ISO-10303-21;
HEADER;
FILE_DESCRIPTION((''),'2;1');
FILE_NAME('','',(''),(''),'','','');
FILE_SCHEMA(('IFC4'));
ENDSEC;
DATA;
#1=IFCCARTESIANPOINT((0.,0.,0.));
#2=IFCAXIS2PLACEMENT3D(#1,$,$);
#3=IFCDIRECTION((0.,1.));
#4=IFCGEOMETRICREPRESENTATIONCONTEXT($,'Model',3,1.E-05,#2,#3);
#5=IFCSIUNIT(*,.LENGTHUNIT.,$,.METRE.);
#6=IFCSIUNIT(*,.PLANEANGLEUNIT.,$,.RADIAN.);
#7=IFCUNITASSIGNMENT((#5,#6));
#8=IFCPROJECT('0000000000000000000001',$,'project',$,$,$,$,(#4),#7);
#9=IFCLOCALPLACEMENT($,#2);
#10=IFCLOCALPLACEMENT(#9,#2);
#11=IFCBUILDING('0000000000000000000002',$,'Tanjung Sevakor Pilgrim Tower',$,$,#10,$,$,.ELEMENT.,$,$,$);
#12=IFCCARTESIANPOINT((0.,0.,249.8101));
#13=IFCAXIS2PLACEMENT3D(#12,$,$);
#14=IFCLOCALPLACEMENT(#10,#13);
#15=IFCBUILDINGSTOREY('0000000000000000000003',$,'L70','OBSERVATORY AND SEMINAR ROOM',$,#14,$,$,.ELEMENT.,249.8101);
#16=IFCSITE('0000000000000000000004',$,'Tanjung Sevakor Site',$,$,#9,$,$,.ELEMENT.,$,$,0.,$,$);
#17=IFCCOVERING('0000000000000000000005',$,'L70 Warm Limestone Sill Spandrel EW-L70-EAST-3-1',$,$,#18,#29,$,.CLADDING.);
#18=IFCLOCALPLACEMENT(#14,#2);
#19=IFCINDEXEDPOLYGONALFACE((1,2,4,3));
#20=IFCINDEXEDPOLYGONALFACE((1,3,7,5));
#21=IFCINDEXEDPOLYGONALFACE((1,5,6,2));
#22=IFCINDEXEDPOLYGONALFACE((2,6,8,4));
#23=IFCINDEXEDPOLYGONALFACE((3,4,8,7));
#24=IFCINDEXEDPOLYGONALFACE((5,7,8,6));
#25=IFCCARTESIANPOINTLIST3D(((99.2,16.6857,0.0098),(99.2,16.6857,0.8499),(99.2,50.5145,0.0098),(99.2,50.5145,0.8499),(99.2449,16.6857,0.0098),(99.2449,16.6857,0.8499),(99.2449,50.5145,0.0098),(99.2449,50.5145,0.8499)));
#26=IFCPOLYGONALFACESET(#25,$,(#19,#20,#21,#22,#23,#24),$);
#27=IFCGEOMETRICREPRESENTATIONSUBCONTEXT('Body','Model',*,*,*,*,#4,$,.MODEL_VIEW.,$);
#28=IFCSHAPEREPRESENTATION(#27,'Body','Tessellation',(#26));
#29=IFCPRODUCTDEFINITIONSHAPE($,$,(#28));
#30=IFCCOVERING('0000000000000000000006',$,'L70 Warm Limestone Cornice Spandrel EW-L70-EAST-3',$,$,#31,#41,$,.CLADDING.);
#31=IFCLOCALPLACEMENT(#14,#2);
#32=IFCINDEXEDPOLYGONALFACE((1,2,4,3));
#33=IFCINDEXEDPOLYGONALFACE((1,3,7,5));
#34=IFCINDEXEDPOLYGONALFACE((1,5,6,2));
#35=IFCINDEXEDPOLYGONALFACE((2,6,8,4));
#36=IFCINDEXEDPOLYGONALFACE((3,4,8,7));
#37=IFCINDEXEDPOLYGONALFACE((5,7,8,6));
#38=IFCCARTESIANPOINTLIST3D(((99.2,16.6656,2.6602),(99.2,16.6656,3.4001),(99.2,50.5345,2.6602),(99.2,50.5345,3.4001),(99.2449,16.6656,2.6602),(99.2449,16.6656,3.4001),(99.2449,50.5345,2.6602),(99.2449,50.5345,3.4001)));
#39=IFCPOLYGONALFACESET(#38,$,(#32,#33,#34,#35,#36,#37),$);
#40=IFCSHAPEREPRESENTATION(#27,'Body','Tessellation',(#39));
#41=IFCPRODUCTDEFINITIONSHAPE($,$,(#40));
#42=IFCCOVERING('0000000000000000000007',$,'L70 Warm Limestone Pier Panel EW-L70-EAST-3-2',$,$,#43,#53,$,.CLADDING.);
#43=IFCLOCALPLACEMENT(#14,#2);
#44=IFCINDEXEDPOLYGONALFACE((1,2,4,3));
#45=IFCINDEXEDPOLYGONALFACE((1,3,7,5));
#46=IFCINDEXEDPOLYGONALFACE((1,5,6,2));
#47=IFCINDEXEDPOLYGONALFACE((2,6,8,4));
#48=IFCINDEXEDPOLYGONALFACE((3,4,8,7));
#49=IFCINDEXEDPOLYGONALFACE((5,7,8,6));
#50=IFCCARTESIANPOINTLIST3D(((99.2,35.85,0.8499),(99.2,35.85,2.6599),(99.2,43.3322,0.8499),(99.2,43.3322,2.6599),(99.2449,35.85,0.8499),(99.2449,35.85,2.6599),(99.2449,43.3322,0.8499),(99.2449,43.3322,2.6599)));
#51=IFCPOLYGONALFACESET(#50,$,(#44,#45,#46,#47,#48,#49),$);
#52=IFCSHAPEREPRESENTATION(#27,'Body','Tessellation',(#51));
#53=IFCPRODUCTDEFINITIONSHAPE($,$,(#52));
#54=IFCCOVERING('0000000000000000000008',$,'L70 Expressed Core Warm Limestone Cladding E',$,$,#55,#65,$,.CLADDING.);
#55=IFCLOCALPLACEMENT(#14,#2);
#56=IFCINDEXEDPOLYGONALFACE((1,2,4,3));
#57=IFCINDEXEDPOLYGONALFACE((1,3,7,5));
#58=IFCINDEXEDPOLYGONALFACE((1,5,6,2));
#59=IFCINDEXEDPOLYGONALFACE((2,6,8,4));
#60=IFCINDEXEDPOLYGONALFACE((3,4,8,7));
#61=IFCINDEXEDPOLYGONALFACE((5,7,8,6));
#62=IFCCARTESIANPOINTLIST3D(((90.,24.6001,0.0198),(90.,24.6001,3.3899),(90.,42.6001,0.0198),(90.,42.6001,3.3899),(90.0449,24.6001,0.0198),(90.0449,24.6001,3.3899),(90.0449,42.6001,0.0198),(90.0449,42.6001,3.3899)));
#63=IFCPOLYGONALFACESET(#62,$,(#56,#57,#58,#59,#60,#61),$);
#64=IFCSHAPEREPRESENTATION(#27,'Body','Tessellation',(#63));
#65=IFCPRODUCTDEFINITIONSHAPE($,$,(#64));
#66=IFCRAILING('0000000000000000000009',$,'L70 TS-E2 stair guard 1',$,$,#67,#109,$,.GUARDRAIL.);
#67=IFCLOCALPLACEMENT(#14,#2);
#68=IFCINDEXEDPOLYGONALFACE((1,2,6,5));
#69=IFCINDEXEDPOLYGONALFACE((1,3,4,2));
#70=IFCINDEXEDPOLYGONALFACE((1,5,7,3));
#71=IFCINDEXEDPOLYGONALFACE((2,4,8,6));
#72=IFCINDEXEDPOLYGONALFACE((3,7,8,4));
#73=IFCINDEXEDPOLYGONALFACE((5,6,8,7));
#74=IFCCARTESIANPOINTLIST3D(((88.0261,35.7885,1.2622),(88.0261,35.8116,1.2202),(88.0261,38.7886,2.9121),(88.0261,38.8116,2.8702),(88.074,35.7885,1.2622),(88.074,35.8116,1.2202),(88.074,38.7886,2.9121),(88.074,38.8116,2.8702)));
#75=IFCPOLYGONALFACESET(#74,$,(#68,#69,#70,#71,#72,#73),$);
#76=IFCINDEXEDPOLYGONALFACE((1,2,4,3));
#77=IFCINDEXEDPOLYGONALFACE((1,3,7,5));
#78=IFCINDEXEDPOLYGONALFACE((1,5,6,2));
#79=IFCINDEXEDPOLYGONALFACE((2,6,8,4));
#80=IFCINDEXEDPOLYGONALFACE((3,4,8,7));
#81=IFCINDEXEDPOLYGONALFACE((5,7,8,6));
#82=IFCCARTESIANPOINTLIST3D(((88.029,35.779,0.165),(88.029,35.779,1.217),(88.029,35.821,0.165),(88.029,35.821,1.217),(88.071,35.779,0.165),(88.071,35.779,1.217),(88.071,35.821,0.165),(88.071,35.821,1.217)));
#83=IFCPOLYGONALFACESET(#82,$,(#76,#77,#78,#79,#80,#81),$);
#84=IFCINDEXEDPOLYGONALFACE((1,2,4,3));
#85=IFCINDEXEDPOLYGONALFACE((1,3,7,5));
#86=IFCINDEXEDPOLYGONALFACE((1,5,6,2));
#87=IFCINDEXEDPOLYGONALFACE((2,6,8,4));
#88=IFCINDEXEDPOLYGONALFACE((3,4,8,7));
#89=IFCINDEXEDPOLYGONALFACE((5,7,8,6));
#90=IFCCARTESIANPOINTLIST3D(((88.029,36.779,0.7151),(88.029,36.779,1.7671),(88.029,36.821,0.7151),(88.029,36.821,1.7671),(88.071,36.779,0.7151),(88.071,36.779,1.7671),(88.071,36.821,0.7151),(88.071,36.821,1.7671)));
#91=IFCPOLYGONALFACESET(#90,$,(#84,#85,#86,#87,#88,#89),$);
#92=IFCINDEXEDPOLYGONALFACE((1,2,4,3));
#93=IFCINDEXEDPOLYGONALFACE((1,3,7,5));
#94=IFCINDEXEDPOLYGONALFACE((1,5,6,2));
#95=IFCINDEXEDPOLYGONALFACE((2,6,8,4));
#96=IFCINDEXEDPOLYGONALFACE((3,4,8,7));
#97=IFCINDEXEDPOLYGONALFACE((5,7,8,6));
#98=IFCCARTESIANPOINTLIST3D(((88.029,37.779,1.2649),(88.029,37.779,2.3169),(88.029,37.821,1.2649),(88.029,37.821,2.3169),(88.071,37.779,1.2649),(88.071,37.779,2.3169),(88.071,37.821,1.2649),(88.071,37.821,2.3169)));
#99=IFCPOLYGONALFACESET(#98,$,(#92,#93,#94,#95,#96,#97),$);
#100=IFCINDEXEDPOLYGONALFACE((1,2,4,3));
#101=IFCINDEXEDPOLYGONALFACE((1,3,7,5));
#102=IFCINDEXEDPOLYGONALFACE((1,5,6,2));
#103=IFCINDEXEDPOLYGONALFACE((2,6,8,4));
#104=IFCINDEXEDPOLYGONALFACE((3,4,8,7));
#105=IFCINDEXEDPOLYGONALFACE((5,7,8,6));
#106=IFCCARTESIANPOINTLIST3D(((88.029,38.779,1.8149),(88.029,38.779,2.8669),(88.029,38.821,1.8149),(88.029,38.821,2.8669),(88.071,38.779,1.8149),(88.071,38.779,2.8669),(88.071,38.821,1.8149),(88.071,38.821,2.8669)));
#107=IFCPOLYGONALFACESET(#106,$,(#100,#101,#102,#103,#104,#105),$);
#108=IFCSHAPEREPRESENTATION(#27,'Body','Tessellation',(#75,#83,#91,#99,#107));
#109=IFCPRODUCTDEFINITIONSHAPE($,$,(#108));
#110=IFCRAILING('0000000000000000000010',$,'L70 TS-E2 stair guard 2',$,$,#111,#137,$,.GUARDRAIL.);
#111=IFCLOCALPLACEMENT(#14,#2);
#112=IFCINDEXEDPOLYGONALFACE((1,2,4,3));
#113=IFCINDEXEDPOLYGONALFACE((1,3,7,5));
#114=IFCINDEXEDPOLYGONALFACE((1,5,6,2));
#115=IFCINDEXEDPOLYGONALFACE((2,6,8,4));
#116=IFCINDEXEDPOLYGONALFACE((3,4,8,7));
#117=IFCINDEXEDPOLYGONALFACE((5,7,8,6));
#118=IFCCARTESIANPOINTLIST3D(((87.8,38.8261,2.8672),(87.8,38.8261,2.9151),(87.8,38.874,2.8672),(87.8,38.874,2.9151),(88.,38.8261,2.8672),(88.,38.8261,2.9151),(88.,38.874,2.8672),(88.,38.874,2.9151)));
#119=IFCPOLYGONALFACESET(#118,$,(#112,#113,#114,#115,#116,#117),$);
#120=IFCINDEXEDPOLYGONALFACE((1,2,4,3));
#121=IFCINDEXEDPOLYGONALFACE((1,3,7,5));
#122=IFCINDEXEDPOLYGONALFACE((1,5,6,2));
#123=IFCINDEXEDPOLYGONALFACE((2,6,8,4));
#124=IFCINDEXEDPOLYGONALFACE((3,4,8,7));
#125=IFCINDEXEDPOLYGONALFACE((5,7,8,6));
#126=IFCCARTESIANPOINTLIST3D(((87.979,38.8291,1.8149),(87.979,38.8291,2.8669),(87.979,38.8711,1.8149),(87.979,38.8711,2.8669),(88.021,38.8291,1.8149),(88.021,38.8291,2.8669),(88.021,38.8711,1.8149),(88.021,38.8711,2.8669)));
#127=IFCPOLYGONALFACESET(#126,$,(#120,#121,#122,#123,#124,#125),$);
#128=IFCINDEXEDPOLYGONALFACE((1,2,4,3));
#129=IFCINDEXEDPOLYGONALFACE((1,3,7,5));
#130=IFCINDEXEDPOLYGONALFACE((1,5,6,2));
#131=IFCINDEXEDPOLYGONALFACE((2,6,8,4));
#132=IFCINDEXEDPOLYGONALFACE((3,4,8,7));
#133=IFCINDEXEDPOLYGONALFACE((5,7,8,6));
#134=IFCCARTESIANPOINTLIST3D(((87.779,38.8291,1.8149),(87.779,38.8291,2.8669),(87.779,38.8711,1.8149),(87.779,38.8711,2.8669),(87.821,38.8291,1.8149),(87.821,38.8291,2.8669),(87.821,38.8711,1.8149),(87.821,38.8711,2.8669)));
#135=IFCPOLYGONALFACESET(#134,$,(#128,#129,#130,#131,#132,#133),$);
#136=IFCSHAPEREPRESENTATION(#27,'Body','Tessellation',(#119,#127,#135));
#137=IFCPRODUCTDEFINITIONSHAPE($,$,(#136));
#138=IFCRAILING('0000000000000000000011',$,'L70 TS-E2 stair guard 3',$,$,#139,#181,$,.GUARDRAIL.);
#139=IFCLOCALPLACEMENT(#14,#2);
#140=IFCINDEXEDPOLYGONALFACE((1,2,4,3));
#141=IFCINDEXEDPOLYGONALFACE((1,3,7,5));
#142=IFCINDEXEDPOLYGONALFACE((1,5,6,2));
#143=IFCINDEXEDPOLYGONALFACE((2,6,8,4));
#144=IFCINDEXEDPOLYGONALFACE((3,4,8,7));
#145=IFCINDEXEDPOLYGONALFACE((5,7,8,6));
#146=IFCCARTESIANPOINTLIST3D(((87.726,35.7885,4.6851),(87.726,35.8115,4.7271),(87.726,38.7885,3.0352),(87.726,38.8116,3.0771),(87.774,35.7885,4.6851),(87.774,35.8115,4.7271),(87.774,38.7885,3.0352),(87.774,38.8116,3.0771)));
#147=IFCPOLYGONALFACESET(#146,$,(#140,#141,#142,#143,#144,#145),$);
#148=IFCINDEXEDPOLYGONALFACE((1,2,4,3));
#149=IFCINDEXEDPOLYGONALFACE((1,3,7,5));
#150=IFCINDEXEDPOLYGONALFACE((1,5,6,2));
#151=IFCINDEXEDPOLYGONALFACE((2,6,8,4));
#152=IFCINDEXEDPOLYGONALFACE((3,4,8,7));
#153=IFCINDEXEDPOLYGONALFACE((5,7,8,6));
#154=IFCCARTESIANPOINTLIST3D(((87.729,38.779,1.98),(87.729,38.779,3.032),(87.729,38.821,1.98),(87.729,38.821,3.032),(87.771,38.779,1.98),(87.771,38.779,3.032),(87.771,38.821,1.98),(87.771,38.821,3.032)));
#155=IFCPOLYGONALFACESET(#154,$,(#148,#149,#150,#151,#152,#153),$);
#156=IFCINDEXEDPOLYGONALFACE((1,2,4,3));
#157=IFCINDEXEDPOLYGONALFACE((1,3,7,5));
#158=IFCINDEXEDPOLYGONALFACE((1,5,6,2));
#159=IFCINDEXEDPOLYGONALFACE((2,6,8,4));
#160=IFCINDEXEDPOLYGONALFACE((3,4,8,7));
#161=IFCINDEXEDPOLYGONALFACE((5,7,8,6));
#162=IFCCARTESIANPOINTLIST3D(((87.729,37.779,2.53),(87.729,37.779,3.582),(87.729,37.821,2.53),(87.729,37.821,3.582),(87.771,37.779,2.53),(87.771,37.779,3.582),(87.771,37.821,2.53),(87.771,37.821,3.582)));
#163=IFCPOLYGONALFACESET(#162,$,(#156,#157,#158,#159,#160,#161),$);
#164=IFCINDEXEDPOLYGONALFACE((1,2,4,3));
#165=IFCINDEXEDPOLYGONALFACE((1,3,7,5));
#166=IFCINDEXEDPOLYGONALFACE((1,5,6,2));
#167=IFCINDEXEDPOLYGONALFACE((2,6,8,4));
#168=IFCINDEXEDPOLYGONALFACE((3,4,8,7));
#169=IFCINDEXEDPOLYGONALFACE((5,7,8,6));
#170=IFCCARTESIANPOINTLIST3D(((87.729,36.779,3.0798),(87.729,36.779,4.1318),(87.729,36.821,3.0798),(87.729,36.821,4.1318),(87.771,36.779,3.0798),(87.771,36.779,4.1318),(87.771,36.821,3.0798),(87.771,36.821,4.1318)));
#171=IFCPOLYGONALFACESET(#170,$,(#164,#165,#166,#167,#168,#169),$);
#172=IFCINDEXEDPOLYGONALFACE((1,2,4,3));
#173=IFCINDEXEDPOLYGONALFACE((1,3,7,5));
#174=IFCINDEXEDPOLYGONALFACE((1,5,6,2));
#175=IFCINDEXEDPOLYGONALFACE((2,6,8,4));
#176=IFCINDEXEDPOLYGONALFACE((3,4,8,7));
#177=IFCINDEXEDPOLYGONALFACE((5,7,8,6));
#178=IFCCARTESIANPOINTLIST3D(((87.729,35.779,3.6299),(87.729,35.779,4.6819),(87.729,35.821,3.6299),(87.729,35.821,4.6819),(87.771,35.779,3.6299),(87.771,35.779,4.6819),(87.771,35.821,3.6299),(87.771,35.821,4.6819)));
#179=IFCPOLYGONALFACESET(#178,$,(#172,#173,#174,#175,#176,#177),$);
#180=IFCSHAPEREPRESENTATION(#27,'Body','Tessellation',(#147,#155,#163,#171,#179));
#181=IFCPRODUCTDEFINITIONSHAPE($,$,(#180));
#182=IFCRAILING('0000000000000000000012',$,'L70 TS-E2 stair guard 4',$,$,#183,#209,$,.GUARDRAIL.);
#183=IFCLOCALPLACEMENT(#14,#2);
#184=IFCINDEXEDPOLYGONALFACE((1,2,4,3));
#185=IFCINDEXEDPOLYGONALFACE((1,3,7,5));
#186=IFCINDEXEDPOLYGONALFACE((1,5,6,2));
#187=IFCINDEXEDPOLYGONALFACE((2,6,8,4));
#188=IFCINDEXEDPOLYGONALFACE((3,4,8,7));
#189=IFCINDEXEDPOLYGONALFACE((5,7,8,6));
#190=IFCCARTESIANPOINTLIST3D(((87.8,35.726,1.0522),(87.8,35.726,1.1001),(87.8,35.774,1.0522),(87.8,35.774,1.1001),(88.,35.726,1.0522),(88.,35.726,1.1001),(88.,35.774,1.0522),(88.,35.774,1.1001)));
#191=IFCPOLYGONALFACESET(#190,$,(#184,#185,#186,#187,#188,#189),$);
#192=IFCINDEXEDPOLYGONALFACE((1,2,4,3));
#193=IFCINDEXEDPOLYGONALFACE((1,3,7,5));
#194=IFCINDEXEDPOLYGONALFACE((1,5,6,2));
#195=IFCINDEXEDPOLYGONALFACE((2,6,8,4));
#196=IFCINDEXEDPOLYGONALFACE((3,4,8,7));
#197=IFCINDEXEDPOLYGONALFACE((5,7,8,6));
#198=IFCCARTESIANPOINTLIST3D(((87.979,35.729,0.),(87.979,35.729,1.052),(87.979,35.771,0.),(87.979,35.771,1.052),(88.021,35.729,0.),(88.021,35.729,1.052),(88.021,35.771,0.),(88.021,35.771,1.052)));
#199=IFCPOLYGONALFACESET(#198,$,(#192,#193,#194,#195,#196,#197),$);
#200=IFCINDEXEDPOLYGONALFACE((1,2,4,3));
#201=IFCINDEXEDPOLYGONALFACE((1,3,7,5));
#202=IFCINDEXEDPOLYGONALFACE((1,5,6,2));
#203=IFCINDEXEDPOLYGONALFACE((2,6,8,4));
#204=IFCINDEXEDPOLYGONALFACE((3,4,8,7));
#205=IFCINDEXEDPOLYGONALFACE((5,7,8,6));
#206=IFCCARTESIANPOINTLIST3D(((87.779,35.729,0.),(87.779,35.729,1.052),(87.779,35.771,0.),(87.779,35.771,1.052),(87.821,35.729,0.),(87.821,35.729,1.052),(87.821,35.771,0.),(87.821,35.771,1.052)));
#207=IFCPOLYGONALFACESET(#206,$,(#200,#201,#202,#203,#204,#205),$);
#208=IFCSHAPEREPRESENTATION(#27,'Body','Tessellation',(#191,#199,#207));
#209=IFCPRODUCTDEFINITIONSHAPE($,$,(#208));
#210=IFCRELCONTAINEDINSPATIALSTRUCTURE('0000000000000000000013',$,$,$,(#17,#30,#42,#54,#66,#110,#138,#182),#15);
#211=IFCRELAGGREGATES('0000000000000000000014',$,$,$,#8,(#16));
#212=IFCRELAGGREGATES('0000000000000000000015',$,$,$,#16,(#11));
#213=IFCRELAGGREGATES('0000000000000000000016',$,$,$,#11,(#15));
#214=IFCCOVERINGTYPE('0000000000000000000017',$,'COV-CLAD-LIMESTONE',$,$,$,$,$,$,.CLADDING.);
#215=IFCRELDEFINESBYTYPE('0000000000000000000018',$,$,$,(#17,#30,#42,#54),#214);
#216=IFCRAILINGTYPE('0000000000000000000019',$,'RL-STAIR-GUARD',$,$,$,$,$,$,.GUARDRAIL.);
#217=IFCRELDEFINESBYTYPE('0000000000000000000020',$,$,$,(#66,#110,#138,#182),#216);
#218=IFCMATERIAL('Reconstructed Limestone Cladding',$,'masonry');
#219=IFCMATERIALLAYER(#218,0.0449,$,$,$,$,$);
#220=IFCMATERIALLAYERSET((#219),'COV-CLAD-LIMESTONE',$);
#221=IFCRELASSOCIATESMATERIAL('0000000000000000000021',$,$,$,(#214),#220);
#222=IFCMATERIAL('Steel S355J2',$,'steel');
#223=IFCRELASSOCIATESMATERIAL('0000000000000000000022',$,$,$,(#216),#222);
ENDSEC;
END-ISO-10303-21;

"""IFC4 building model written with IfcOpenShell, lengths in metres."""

from ifc_helpers import new_model, si_unit, direction, frame, origin, origin_2d, place, context, subcontext, project, spatial, rectangle, extrude, material, layer, layer_set, type_object, element, save


model = new_model("IFC4")

# Units and contexts
model_context = context("Model", 3, precision=1e-05, world=origin(), true_north=direction((0.0, 1.0)))
body_context = subcontext(model_context, "Body", "Model", "MODEL_VIEW")
ifc_project = project(units=[si_unit("LENGTHUNIT", "METRE"), si_unit("PLANEANGLEUNIT", "RADIAN")], contexts=[model_context])

# Site, building, storey
site_placement = place(None, origin())
site = spatial("IfcSite", under=ifc_project, at=site_placement, Name="Tanjung Sevakor Site", CompositionType="ELEMENT", RefElevation=0.0)
building_placement = place(site_placement, origin())
building = spatial("IfcBuilding", under=site, at=building_placement, Name="Tanjung Sevakor Pilgrim Tower", CompositionType="ELEMENT")
storey_placement = place(building_placement, frame((0.0, 0.0, 249.8101)))
storey = spatial("IfcBuildingStorey", under=building, at=storey_placement, Name="L70", Description="OBSERVATORY AND SEMINAR ROOM", CompositionType="ELEMENT", Elevation=249.8101)

# Coverings
ifc_material_1 = material(Name="Reconstructed Limestone Cladding", Category="masonry")
ifc_layer_1 = layer(ifc_material_1, 0.0449)
ifc_layer_set_1 = layer_set([ifc_layer_1], Name="COV-CLAD-LIMESTONE")
covering_type = type_object("IfcCoveringType", Name="COV-CLAD-LIMESTONE", PredefinedType="CLADDING", material=ifc_layer_set_1)
covering_1_placement = place(storey_placement, frame((99.2224, 33.6001, 0.0098), z_axis=(0.0, 0.0, 1.0), x_axis=(0.0, 1.0, 0.0)))
element("IfcCovering", 1, at=covering_1_placement, inside=storey, type_object=covering_type, Name="L70 Warm Limestone Sill Spandrel EW-L70-EAST-3-1", PredefinedType="CLADDING", context=body_context, shape_type="SweptSolid", body=[
    extrude(rectangle(XDim=33.8289, YDim=0.0449, at=origin_2d()), origin(), (0.0, 0.0, 1.0), 0.8401),
])
covering_2_placement = place(storey_placement, frame((99.2224, 33.6001, 2.6602), z_axis=(0.0, 0.0, 1.0), x_axis=(0.0, 1.0, 0.0)))
element("IfcCovering", 2, at=covering_2_placement, inside=storey, type_object=covering_type, Name="L70 Warm Limestone Cornice Spandrel EW-L70-EAST-3", PredefinedType="CLADDING", context=body_context, shape_type="SweptSolid", body=[
    extrude(rectangle(XDim=33.8689, YDim=0.0449, at=origin_2d()), origin(), (0.0, 0.0, 1.0), 0.74),
])
covering_3_placement = place(storey_placement, frame((99.2224, 39.5911, 0.8499), z_axis=(0.0, 0.0, 1.0), x_axis=(0.0, 1.0, 0.0)))
element("IfcCovering", 3, at=covering_3_placement, inside=storey, type_object=covering_type, Name="L70 Warm Limestone Pier Panel EW-L70-EAST-3-2", PredefinedType="CLADDING", context=body_context, shape_type="SweptSolid", body=[
    extrude(rectangle(XDim=7.4822, YDim=0.0449, at=origin_2d()), origin(), (0.0, 0.0, 1.0), 1.8101),
])
covering_4_placement = place(storey_placement, frame((90.0225, 33.6001, 0.0198), z_axis=(0.0, 0.0, 1.0), x_axis=(1.0, 0.0, 0.0)))
element("IfcCovering", 4, at=covering_4_placement, inside=storey, type_object=covering_type, Name="L70 Expressed Core Warm Limestone Cladding E", PredefinedType="CLADDING", context=body_context, shape_type="SweptSolid", body=[
    extrude(rectangle(XDim=0.0449, YDim=18.0, at=origin_2d()), origin(), (0.0, 0.0, 1.0), 3.3701),
])

# Railings
ifc_material_2 = material(Name="Steel S355J2", Category="steel")
railing_type_1 = type_object("IfcRailingType", Name="RL-STAIR-GUARD", PredefinedType="GUARDRAIL", material=ifc_material_2)
railing_1_placement = place(storey_placement, frame((88.05, 35.8, 0.165)))
element("IfcRailing", 5, at=railing_1_placement, inside=storey, type_object=railing_type_1, Name="L70 TS-E2 stair guard 1", PredefinedType="GUARDRAIL", context=body_context, shape_type="SweptSolid", body=[
    extrude(rectangle(XDim=0.0479, YDim=0.0479), frame((0.0, 0.0, 1.0762), z_axis=(0.0, 0.876228, 0.481897), x_axis=(-1.0, 0.0, 0.0)), (0.0, 0.0, 1.0), 3.4238),
    extrude(rectangle(XDim=0.042, YDim=0.042), origin(), (0.0, 0.0, 1.0), 1.052),
    extrude(rectangle(XDim=0.042, YDim=0.042), frame((0.0, 1.0, 0.55)), (0.0, 0.0, 1.0), 1.052),
    extrude(rectangle(XDim=0.042, YDim=0.042), frame((0.0, 2.0, 1.0999)), (0.0, 0.0, 1.0), 1.052),
    extrude(rectangle(XDim=0.042, YDim=0.042), frame((0.0, 3.0, 1.6499)), (0.0, 0.0, 1.0), 1.052),
])
railing_2_placement = place(storey_placement, frame((88.0, 38.8501, 1.8149)))
element("IfcRailing", 6, at=railing_2_placement, inside=storey, type_object=railing_type_1, Name="L70 TS-E2 stair guard 2", PredefinedType="GUARDRAIL", context=body_context, shape_type="SweptSolid", body=[
    extrude(rectangle(XDim=0.0479, YDim=0.0479), frame((0.0, 0.0, 1.0762), z_axis=(-1.0, 0.0, 0.0), x_axis=(0.0, -1.0, 0.0)), (0.0, 0.0, 1.0), 0.2),
    extrude(rectangle(XDim=0.042, YDim=0.042), origin(), (0.0, 0.0, 1.0), 1.052),
    extrude(rectangle(XDim=0.042, YDim=0.042), frame((-0.2, 0.0, 0.0)), (0.0, 0.0, 1.0), 1.052),
])
railing_3_placement = place(storey_placement, frame((87.75, 38.8, 1.98)))
element("IfcRailing", 7, at=railing_3_placement, inside=storey, type_object=railing_type_1, Name="L70 TS-E2 stair guard 3", PredefinedType="GUARDRAIL", context=body_context, shape_type="SweptSolid", body=[
    extrude(rectangle(XDim=0.0479, YDim=0.0479), frame((0.0, 0.0, 1.0762), z_axis=(0.0, -0.876228, 0.481897), x_axis=(1.0, 0.0, 0.0)), (0.0, 0.0, 1.0), 3.4238),
    extrude(rectangle(XDim=0.042, YDim=0.042), origin(), (0.0, 0.0, 1.0), 1.052),
    extrude(rectangle(XDim=0.042, YDim=0.042), frame((0.0, -1.0, 0.55)), (0.0, 0.0, 1.0), 1.052),
    extrude(rectangle(XDim=0.042, YDim=0.042), frame((0.0, -2.0, 1.0999)), (0.0, 0.0, 1.0), 1.052),
    extrude(rectangle(XDim=0.042, YDim=0.042), frame((0.0, -3.0, 1.6499)), (0.0, 0.0, 1.0), 1.052),
])
railing_4_placement = place(storey_placement, frame((88.0, 35.75, 0.0)))
element("IfcRailing", 8, at=railing_4_placement, inside=storey, type_object=railing_type_1, Name="L70 TS-E2 stair guard 4", PredefinedType="GUARDRAIL", context=body_context, shape_type="SweptSolid", body=[
    extrude(rectangle(XDim=0.0479, YDim=0.0479), frame((0.0, 0.0, 1.0762), z_axis=(-1.0, 0.0, 0.0), x_axis=(0.0, -1.0, 0.0)), (0.0, 0.0, 1.0), 0.2),
    extrude(rectangle(XDim=0.042, YDim=0.042), origin(), (0.0, 0.0, 1.0), 1.052),
    extrude(rectangle(XDim=0.042, YDim=0.042), frame((-0.2, 0.0, 0.0)), (0.0, 0.0, 1.0), 1.052),
])

save(model, "model.ifc")
